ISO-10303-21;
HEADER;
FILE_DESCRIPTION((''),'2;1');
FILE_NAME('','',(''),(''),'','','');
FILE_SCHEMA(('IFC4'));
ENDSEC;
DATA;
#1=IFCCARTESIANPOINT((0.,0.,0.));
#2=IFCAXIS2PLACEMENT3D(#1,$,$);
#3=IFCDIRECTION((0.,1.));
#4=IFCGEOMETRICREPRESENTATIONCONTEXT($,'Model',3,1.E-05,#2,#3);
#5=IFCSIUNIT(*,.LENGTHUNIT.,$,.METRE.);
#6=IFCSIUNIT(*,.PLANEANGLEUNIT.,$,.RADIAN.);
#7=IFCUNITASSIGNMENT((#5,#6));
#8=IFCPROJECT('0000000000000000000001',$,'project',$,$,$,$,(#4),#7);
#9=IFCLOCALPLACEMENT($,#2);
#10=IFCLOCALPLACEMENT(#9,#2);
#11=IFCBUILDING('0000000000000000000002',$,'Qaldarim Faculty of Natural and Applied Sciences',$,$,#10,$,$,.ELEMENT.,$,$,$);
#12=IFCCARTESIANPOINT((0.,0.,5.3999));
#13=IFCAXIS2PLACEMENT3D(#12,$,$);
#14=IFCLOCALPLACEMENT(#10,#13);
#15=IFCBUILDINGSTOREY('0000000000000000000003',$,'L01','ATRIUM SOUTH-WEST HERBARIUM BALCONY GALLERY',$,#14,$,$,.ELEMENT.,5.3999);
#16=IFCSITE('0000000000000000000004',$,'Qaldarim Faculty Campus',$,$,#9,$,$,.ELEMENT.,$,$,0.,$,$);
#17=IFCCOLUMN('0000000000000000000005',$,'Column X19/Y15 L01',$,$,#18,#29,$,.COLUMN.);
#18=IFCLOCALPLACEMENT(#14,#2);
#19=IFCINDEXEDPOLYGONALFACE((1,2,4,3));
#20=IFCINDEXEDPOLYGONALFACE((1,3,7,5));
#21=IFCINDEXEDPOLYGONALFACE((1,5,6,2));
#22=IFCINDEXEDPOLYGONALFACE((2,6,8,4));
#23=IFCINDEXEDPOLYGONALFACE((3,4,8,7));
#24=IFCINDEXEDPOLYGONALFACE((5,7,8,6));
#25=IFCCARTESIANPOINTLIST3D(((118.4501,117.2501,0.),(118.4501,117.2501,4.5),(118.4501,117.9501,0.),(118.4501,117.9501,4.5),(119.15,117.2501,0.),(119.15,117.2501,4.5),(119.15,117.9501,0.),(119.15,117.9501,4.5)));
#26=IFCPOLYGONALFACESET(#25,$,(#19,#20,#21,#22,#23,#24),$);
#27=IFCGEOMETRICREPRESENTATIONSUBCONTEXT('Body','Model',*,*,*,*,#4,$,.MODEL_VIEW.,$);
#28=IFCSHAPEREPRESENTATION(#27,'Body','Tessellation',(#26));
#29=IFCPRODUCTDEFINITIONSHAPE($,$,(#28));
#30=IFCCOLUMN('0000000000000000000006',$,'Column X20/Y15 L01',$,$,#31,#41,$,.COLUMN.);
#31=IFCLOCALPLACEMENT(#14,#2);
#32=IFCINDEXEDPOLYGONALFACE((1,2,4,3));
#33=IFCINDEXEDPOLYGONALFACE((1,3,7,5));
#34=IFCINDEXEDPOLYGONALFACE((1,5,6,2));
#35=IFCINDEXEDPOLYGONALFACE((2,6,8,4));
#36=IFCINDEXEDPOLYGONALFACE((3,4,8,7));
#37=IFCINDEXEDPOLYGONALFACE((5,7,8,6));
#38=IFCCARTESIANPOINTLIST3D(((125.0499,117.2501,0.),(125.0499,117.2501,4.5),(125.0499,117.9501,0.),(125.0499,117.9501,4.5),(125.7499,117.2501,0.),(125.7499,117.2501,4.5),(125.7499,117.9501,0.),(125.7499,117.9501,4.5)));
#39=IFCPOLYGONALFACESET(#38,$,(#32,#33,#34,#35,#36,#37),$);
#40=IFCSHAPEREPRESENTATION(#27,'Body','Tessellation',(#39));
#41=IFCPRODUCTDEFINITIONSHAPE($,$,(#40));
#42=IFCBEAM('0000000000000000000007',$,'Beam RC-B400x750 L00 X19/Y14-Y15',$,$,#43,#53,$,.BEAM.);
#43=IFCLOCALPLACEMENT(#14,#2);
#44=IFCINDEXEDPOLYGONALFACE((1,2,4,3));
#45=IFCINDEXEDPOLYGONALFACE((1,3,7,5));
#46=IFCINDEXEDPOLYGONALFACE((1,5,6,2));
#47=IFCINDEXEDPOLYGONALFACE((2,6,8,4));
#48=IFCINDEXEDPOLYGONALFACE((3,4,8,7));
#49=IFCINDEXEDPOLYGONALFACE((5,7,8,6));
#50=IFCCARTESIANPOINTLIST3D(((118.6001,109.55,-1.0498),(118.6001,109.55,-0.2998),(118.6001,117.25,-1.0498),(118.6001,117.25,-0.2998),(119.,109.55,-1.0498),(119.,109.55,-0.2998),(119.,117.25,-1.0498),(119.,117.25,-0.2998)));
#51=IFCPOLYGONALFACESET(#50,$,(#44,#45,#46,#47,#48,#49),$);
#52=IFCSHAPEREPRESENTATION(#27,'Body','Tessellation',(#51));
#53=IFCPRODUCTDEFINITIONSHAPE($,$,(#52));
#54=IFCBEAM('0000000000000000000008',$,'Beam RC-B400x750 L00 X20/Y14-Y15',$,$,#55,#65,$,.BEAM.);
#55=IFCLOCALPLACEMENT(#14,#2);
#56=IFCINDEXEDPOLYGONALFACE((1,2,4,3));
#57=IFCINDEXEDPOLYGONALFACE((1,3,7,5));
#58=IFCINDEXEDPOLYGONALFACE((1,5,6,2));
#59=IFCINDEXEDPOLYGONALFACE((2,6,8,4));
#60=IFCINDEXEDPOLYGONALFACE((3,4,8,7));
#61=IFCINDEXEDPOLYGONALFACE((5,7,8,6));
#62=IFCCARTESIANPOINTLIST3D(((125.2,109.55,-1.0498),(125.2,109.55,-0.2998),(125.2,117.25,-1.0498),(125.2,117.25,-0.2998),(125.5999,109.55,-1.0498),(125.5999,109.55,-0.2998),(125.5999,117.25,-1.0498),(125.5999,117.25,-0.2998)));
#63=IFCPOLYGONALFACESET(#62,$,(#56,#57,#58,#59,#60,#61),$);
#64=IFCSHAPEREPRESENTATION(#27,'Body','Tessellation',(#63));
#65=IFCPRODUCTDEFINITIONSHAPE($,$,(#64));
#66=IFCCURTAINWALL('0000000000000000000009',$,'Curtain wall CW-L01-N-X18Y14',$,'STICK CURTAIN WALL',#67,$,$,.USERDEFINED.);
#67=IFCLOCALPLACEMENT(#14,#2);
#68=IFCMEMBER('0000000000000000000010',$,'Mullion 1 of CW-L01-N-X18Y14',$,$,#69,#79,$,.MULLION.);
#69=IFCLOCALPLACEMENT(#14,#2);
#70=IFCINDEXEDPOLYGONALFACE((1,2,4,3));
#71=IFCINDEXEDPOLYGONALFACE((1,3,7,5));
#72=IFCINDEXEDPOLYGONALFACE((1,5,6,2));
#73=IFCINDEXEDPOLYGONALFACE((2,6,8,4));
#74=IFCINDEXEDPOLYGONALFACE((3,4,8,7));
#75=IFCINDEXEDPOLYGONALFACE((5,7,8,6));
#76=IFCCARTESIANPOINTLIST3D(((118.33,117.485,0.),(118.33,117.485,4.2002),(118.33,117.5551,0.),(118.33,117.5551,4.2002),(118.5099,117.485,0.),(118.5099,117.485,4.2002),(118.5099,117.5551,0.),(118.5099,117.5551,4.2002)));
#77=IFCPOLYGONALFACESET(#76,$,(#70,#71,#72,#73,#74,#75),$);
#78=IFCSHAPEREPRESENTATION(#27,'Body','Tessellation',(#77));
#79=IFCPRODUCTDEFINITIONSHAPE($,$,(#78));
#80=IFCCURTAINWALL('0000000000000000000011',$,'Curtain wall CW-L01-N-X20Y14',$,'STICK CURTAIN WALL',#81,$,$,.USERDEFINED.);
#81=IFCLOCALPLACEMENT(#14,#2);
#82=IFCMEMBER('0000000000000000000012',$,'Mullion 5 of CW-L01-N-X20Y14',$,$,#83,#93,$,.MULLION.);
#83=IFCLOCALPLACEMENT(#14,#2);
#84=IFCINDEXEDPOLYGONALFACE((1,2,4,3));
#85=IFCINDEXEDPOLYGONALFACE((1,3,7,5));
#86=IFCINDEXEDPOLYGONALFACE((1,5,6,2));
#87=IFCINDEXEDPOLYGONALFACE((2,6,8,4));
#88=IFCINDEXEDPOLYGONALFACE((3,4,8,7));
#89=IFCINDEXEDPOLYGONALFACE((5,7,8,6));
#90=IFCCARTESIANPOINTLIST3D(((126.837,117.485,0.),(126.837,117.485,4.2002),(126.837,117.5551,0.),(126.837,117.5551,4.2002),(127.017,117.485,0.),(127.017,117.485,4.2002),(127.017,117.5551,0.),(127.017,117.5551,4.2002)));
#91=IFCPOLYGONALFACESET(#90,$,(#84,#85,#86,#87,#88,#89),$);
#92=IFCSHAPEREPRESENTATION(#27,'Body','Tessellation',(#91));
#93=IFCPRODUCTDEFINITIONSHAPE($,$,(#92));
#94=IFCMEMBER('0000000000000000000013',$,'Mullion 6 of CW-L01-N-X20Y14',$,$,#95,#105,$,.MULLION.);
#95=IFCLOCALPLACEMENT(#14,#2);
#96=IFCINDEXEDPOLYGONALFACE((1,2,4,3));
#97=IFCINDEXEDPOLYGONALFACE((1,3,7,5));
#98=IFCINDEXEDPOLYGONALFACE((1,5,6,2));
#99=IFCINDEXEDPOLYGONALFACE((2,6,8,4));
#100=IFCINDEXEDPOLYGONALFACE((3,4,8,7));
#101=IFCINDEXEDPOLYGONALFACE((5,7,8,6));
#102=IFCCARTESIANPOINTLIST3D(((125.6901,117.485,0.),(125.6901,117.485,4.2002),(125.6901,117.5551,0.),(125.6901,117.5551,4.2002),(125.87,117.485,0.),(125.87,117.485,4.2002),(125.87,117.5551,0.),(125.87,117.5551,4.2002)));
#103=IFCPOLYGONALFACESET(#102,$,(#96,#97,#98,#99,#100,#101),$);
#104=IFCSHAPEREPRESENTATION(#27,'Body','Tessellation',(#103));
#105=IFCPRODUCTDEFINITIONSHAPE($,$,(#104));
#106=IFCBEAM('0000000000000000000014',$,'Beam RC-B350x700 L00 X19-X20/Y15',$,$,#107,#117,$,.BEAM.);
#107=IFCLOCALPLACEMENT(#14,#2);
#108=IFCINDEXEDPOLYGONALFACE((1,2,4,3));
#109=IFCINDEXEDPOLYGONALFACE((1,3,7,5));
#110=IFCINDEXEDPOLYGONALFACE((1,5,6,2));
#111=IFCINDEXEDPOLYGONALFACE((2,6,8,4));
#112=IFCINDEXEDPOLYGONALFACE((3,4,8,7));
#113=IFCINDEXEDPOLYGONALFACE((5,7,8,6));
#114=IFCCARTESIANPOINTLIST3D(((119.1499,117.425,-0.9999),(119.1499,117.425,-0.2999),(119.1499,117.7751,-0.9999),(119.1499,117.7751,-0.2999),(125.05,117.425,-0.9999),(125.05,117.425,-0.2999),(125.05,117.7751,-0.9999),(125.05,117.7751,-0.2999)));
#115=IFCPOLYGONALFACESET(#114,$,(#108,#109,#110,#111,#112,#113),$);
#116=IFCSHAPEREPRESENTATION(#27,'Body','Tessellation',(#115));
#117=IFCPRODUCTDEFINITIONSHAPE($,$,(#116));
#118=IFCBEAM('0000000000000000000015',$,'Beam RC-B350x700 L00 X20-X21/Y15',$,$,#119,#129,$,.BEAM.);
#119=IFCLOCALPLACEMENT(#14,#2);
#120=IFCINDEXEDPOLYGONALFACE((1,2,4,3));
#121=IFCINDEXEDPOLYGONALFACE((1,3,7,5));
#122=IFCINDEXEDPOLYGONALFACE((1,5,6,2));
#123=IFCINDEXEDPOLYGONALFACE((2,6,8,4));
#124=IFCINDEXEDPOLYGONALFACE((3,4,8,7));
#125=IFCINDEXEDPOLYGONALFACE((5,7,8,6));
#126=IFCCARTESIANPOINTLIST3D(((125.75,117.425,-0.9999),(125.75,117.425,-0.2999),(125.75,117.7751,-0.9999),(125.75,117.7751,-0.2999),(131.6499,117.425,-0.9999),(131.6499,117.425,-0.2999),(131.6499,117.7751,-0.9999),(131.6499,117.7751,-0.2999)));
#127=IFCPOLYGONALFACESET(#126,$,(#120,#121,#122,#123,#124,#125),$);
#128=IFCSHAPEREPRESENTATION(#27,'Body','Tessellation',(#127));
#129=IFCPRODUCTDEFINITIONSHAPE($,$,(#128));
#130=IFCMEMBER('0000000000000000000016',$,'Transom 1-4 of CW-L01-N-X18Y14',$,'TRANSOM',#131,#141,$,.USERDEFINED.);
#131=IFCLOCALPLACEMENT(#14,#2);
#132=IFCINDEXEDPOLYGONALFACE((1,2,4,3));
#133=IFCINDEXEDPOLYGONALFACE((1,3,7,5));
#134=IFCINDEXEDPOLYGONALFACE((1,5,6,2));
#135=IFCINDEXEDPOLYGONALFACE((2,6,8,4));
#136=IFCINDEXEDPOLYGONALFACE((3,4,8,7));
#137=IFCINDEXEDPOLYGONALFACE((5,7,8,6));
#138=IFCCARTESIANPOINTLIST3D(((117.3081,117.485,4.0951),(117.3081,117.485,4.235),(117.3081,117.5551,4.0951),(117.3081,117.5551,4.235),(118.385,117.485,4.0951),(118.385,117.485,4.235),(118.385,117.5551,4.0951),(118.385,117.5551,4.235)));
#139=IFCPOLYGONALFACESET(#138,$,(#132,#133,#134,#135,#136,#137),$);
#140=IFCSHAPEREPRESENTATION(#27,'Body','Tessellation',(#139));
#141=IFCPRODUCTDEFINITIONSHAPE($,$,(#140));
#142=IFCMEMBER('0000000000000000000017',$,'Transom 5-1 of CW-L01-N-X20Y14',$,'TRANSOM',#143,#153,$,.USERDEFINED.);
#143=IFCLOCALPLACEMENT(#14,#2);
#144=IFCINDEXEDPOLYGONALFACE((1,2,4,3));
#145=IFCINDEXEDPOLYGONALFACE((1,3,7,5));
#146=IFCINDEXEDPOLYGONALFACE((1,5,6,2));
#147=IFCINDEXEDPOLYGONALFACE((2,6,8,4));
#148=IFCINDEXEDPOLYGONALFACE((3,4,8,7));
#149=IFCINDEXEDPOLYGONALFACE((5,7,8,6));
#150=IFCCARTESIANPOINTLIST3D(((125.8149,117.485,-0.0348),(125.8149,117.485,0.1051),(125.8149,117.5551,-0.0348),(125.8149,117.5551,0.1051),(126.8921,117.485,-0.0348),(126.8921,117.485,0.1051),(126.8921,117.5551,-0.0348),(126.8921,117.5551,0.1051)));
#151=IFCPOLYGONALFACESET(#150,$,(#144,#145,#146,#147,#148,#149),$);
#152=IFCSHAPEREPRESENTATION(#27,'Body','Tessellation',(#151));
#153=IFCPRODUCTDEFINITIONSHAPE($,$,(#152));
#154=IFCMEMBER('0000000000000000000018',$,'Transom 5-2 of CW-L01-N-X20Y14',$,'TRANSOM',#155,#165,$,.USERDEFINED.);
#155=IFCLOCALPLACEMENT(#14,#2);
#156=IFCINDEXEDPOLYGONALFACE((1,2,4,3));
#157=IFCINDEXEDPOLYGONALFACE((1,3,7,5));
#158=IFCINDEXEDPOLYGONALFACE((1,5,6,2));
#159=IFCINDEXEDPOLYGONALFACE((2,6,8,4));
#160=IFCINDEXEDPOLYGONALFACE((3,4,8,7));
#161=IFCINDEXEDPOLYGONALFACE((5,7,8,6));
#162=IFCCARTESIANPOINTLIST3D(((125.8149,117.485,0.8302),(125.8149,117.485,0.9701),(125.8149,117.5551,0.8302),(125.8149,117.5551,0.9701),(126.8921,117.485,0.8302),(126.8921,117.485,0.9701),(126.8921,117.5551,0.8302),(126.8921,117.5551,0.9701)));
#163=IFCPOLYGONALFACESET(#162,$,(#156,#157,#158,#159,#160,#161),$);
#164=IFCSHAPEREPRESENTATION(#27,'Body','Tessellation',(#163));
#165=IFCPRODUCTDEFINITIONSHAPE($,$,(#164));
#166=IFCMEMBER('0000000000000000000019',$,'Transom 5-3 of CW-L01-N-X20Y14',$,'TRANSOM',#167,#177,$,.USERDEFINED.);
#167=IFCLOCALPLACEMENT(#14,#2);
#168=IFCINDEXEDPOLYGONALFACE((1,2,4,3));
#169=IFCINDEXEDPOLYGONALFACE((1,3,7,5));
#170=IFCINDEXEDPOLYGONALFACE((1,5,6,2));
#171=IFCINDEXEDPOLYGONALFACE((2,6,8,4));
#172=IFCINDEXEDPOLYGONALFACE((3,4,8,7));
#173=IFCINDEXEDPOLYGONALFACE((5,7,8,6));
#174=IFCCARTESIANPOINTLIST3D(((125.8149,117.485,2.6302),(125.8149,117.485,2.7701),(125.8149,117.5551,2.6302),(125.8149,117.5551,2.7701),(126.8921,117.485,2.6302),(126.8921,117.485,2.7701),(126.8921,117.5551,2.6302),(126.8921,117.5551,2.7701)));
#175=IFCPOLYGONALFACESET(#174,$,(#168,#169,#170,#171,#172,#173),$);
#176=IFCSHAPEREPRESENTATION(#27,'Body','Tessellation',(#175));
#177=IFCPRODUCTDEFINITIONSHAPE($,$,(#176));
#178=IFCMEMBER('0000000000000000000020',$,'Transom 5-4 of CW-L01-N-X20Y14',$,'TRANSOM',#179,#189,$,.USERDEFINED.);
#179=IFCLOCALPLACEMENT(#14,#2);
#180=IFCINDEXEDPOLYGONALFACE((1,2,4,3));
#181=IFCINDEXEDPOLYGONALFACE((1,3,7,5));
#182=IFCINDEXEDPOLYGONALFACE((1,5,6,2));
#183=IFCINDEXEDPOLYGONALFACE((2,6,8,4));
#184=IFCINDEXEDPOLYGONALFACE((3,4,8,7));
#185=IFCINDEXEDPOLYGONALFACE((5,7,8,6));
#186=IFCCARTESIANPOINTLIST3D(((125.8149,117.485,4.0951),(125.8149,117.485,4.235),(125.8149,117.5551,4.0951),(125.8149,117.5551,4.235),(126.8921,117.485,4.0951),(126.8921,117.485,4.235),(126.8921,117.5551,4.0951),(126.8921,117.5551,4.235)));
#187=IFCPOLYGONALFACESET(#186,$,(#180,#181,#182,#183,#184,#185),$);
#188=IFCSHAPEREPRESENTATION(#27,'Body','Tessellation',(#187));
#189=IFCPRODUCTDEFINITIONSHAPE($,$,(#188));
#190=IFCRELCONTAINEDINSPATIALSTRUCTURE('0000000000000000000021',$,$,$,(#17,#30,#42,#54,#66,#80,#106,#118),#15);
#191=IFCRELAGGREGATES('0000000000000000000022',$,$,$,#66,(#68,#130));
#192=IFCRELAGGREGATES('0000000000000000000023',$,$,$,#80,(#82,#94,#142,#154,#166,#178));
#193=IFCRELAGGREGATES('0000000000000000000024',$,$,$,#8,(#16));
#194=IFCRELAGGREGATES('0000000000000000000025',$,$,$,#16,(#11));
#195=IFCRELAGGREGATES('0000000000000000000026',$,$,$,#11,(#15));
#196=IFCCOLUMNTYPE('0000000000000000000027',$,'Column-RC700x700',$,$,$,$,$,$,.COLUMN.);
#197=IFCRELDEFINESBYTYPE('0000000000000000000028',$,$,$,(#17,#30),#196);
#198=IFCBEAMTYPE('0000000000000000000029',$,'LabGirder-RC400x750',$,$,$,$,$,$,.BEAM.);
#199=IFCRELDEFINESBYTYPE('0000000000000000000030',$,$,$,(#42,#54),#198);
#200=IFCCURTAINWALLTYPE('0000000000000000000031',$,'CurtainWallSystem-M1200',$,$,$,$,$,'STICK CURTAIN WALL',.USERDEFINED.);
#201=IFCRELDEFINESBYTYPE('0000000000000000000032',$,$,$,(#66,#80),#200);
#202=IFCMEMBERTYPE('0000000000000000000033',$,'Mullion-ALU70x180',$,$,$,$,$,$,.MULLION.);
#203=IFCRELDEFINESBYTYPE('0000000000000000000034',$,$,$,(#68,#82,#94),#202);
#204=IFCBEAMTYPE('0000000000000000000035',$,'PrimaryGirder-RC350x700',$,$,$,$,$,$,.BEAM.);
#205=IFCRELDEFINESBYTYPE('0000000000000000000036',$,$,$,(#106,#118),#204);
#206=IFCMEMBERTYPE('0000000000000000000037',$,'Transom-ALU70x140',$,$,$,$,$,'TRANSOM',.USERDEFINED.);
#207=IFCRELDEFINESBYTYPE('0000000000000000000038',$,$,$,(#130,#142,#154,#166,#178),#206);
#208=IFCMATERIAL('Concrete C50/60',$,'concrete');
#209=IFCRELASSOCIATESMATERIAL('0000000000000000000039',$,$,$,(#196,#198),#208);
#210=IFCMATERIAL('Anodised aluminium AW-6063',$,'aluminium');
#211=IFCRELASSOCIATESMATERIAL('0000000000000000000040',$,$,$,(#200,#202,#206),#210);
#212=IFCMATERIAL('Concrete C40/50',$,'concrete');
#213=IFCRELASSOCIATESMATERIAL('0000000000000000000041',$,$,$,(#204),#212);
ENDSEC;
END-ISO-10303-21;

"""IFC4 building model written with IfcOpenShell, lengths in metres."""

from ifc_helpers import new_model, si_unit, direction, frame, origin, origin_2d, place, context, subcontext, project, spatial, rectangle, extrude, material, material_profile, profile_set, type_object, element, aggregate, save


model = new_model("IFC4")

# Units and contexts
model_context = context("Model", 3, precision=1e-05, world=origin(), true_north=direction((0.0, 1.0)))
body_context = subcontext(model_context, "Body", "Model", "MODEL_VIEW")
ifc_project = project(units=[si_unit("LENGTHUNIT", "METRE"), si_unit("PLANEANGLEUNIT", "RADIAN")], contexts=[model_context])

# Site, building, storey
site_placement = place(None, origin())
site = spatial("IfcSite", under=ifc_project, at=site_placement, Name="Qaldarim Faculty Campus", CompositionType="ELEMENT", RefElevation=0.0)
building_placement = place(site_placement, origin())
building = spatial("IfcBuilding", under=site, at=building_placement, Name="Qaldarim Faculty of Natural and Applied Sciences", CompositionType="ELEMENT")
storey_placement = place(building_placement, frame((0.0, 0.0, 5.3999)))
storey = spatial("IfcBuildingStorey", under=building, at=storey_placement, Name="L01", Description="ATRIUM SOUTH-WEST HERBARIUM BALCONY GALLERY", CompositionType="ELEMENT", Elevation=5.3999)

# Columns
ifc_material_1 = material(Name="Concrete C50/60", Category="concrete")
ifc_material_profile_1 = material_profile(ifc_material_1, rectangle(XDim=0.7, YDim=0.7, at=origin_2d()), Name="RC-C700x700")
ifc_profile_set_1 = profile_set([ifc_material_profile_1], Name="Concrete C50/60")
column_type = type_object("IfcColumnType", Name="Column-RC700x700", PredefinedType="COLUMN", material=ifc_profile_set_1)
for number, where, z_axis, x_axis, name in (
    (1, (118.8, 117.6001, 0.0), (0.0, 0.0, 1.0), (1.0, 0.0, 0.0), "Column X19/Y15 L01"),
    (2, (125.3999, 117.6001, 0.0), (0.0, 0.0, 1.0), (1.0, 0.0, 0.0), "Column X20/Y15 L01"),
):
    element("IfcColumn", number, at=place(storey_placement, frame(where, z_axis=z_axis, x_axis=x_axis)), inside=storey, type_object=column_type, Name=name, PredefinedType="COLUMN", context=body_context, shape_type="SweptSolid", body=[
        extrude(rectangle(XDim=0.7, YDim=0.7, at=origin_2d()), origin(), (0.0, 0.0, 1.0), 4.5),
    ])

# Beams
ifc_material_profile_2 = material_profile(ifc_material_1, rectangle(XDim=0.3999, YDim=0.75, at=origin_2d()), Name="RC-B400x750")
ifc_profile_set_2 = profile_set([ifc_material_profile_2], Name="Concrete C50/60")
beam_type_1 = type_object("IfcBeamType", Name="LabGirder-RC400x750", PredefinedType="BEAM", material=ifc_profile_set_2)
for number, where, z_axis, x_axis, name in (
    (3, (118.8, 109.55, -0.6748), (0.0, 1.0, 0.0), (-1.0, 0.0, 0.0), "Beam RC-B400x750 L00 X19/Y14-Y15"),
    (4, (125.3999, 109.55, -0.6748), (0.0, 1.0, 0.0), (-1.0, 0.0, 0.0), "Beam RC-B400x750 L00 X20/Y14-Y15"),
):
    element("IfcBeam", number, at=place(storey_placement, frame(where, z_axis=z_axis, x_axis=x_axis)), inside=storey, type_object=beam_type_1, Name=name, PredefinedType="BEAM", context=body_context, shape_type="SweptSolid", body=[
        extrude(rectangle(XDim=0.3999, YDim=0.75, at=origin_2d()), origin(), (0.0, 0.0, 1.0), 7.7),
    ])

# Curtain wall, member
ifc_material_2 = material(Name="Anodised aluminium AW-6063", Category="aluminium")
curtain_wall_type = type_object("IfcCurtainWallType", Name="CurtainWallSystem-M1200", ElementType="STICK CURTAIN WALL", PredefinedType="USERDEFINED", material=ifc_material_2)
curtain_wall_1_placement = place(storey_placement, origin())
curtain_wall_1 = element("IfcCurtainWall", 5, at=curtain_wall_1_placement, inside=storey, type_object=curtain_wall_type, Name="Curtain wall CW-L01-N-X18Y14", ObjectType="STICK CURTAIN WALL", PredefinedType="USERDEFINED")
ifc_material_profile_3 = material_profile(ifc_material_2, rectangle(XDim=0.0701, YDim=0.1799, at=origin_2d()), Name="ALU-M70x180")
ifc_profile_set_3 = profile_set([ifc_material_profile_3], Name="Anodised aluminium AW-6063")
member_type_1 = type_object("IfcMemberType", Name="Mullion-ALU70x180", PredefinedType="MULLION", material=ifc_profile_set_3)
member_1_placement = place(storey_placement, frame((118.4199, 117.52, 0.0), z_axis=(0.0, 0.0, 1.0), x_axis=(0.0, -1.0, 0.0)))
member_1 = element("IfcMember", 6, at=member_1_placement, type_object=member_type_1, Name="Mullion 1 of CW-L01-N-X18Y14", PredefinedType="MULLION", context=body_context, shape_type="SweptSolid", body=[
    extrude(rectangle(XDim=0.0701, YDim=0.1799, at=origin_2d()), origin(), (0.0, 0.0, 1.0), 4.2002),
])

# Curtain wall, members
curtain_wall_2_placement = place(storey_placement, origin())
curtain_wall_2 = element("IfcCurtainWall", 7, at=curtain_wall_2_placement, inside=storey, type_object=curtain_wall_type, Name="Curtain wall CW-L01-N-X20Y14", ObjectType="STICK CURTAIN WALL", PredefinedType="USERDEFINED")
member_2_placement = place(storey_placement, frame((126.927, 117.52, 0.0), z_axis=(0.0, 0.0, 1.0), x_axis=(0.0, -1.0, 0.0)))
member_2 = element("IfcMember", 8, at=member_2_placement, type_object=member_type_1, Name="Mullion 5 of CW-L01-N-X20Y14", PredefinedType="MULLION", context=body_context, shape_type="SweptSolid", body=[
    extrude(rectangle(XDim=0.0701, YDim=0.1799, at=origin_2d()), origin(), (0.0, 0.0, 1.0), 4.2002),
])
member_3_placement = place(storey_placement, frame((125.78, 117.52, 0.0), z_axis=(0.0, 0.0, 1.0), x_axis=(0.0, -1.0, 0.0)))
member_3 = element("IfcMember", 9, at=member_3_placement, type_object=member_type_1, Name="Mullion 6 of CW-L01-N-X20Y14", PredefinedType="MULLION", context=body_context, shape_type="SweptSolid", body=[
    extrude(rectangle(XDim=0.0701, YDim=0.1799, at=origin_2d()), origin(), (0.0, 0.0, 1.0), 4.2002),
])

# Beams
ifc_material_3 = material(Name="Concrete C40/50", Category="concrete")
ifc_material_profile_4 = material_profile(ifc_material_3, rectangle(XDim=0.3501, YDim=0.7, at=origin_2d()), Name="RC-B350x700")
ifc_profile_set_4 = profile_set([ifc_material_profile_4], Name="Concrete C40/50")
beam_type_2 = type_object("IfcBeamType", Name="PrimaryGirder-RC350x700", PredefinedType="BEAM", material=ifc_profile_set_4)
beam_1_placement = place(storey_placement, frame((119.1499, 117.6001, -0.6499), z_axis=(1.0, 0.0, 0.0), x_axis=(0.0, 1.0, 0.0)))
element("IfcBeam", 10, at=beam_1_placement, inside=storey, type_object=beam_type_2, Name="Beam RC-B350x700 L00 X19-X20/Y15", PredefinedType="BEAM", context=body_context, shape_type="SweptSolid", body=[
    extrude(rectangle(XDim=0.3501, YDim=0.7, at=origin_2d()), origin(), (0.0, 0.0, 1.0), 5.9001),
])
beam_2_placement = place(storey_placement, frame((125.75, 117.6001, -0.6499), z_axis=(1.0, 0.0, 0.0), x_axis=(0.0, 1.0, 0.0)))
element("IfcBeam", 11, at=beam_2_placement, inside=storey, type_object=beam_type_2, Name="Beam RC-B350x700 L00 X20-X21/Y15", PredefinedType="BEAM", context=body_context, shape_type="SweptSolid", body=[
    extrude(rectangle(XDim=0.3501, YDim=0.7, at=origin_2d()), origin(), (0.0, 0.0, 1.0), 5.8999),
])

# Members
ifc_material_profile_5 = material_profile(ifc_material_2, rectangle(XDim=0.0701, YDim=0.1399, at=origin_2d()), Name="ALU-T70x140")
ifc_profile_set_5 = profile_set([ifc_material_profile_5], Name="Anodised aluminium AW-6063")
member_type_2 = type_object("IfcMemberType", Name="Transom-ALU70x140", ElementType="TRANSOM", PredefinedType="USERDEFINED", material=ifc_profile_set_5)
member_4_placement = place(storey_placement, frame((118.385, 117.52, 4.165), z_axis=(-1.0, 0.0, 0.0), x_axis=(0.0, -1.0, 0.0)))
member_4 = element("IfcMember", 12, at=member_4_placement, type_object=member_type_2, Name="Transom 1-4 of CW-L01-N-X18Y14", ObjectType="TRANSOM", PredefinedType="USERDEFINED", context=body_context, shape_type="SweptSolid", body=[
    extrude(rectangle(XDim=0.0701, YDim=0.1399, at=origin_2d()), origin(), (0.0, 0.0, 1.0), 1.0769),
])
aggregate(curtain_wall_1, [member_1, member_4])
member_5_placement = place(storey_placement, frame((126.8921, 117.52, 0.0352), z_axis=(-1.0, 0.0, 0.0), x_axis=(0.0, -1.0, 0.0)))
member_5 = element("IfcMember", 13, at=member_5_placement, type_object=member_type_2, Name="Transom 5-1 of CW-L01-N-X20Y14", ObjectType="TRANSOM", PredefinedType="USERDEFINED", context=body_context, shape_type="SweptSolid", body=[
    extrude(rectangle(XDim=0.0701, YDim=0.1399, at=origin_2d()), origin(), (0.0, 0.0, 1.0), 1.0771),
])
member_6_placement = place(storey_placement, frame((126.8921, 117.52, 0.9001), z_axis=(-1.0, 0.0, 0.0), x_axis=(0.0, -1.0, 0.0)))
member_6 = element("IfcMember", 14, at=member_6_placement, type_object=member_type_2, Name="Transom 5-2 of CW-L01-N-X20Y14", ObjectType="TRANSOM", PredefinedType="USERDEFINED", context=body_context, shape_type="SweptSolid", body=[
    extrude(rectangle(XDim=0.0701, YDim=0.1399, at=origin_2d()), origin(), (0.0, 0.0, 1.0), 1.0771),
])
member_7_placement = place(storey_placement, frame((126.8921, 117.52, 2.7002), z_axis=(-1.0, 0.0, 0.0), x_axis=(0.0, -1.0, 0.0)))
member_7 = element("IfcMember", 15, at=member_7_placement, type_object=member_type_2, Name="Transom 5-3 of CW-L01-N-X20Y14", ObjectType="TRANSOM", PredefinedType="USERDEFINED", context=body_context, shape_type="SweptSolid", body=[
    extrude(rectangle(XDim=0.0701, YDim=0.1399, at=origin_2d()), origin(), (0.0, 0.0, 1.0), 1.0771),
])
member_8_placement = place(storey_placement, frame((126.8921, 117.52, 4.165), z_axis=(-1.0, 0.0, 0.0), x_axis=(0.0, -1.0, 0.0)))
member_8 = element("IfcMember", 16, at=member_8_placement, type_object=member_type_2, Name="Transom 5-4 of CW-L01-N-X20Y14", ObjectType="TRANSOM", PredefinedType="USERDEFINED", context=body_context, shape_type="SweptSolid", body=[
    extrude(rectangle(XDim=0.0701, YDim=0.1399, at=origin_2d()), origin(), (0.0, 0.0, 1.0), 1.0771),
])

aggregate(curtain_wall_2, [member_2, member_3, member_5, member_6, member_7, member_8])

save(model, "model.ifc")
